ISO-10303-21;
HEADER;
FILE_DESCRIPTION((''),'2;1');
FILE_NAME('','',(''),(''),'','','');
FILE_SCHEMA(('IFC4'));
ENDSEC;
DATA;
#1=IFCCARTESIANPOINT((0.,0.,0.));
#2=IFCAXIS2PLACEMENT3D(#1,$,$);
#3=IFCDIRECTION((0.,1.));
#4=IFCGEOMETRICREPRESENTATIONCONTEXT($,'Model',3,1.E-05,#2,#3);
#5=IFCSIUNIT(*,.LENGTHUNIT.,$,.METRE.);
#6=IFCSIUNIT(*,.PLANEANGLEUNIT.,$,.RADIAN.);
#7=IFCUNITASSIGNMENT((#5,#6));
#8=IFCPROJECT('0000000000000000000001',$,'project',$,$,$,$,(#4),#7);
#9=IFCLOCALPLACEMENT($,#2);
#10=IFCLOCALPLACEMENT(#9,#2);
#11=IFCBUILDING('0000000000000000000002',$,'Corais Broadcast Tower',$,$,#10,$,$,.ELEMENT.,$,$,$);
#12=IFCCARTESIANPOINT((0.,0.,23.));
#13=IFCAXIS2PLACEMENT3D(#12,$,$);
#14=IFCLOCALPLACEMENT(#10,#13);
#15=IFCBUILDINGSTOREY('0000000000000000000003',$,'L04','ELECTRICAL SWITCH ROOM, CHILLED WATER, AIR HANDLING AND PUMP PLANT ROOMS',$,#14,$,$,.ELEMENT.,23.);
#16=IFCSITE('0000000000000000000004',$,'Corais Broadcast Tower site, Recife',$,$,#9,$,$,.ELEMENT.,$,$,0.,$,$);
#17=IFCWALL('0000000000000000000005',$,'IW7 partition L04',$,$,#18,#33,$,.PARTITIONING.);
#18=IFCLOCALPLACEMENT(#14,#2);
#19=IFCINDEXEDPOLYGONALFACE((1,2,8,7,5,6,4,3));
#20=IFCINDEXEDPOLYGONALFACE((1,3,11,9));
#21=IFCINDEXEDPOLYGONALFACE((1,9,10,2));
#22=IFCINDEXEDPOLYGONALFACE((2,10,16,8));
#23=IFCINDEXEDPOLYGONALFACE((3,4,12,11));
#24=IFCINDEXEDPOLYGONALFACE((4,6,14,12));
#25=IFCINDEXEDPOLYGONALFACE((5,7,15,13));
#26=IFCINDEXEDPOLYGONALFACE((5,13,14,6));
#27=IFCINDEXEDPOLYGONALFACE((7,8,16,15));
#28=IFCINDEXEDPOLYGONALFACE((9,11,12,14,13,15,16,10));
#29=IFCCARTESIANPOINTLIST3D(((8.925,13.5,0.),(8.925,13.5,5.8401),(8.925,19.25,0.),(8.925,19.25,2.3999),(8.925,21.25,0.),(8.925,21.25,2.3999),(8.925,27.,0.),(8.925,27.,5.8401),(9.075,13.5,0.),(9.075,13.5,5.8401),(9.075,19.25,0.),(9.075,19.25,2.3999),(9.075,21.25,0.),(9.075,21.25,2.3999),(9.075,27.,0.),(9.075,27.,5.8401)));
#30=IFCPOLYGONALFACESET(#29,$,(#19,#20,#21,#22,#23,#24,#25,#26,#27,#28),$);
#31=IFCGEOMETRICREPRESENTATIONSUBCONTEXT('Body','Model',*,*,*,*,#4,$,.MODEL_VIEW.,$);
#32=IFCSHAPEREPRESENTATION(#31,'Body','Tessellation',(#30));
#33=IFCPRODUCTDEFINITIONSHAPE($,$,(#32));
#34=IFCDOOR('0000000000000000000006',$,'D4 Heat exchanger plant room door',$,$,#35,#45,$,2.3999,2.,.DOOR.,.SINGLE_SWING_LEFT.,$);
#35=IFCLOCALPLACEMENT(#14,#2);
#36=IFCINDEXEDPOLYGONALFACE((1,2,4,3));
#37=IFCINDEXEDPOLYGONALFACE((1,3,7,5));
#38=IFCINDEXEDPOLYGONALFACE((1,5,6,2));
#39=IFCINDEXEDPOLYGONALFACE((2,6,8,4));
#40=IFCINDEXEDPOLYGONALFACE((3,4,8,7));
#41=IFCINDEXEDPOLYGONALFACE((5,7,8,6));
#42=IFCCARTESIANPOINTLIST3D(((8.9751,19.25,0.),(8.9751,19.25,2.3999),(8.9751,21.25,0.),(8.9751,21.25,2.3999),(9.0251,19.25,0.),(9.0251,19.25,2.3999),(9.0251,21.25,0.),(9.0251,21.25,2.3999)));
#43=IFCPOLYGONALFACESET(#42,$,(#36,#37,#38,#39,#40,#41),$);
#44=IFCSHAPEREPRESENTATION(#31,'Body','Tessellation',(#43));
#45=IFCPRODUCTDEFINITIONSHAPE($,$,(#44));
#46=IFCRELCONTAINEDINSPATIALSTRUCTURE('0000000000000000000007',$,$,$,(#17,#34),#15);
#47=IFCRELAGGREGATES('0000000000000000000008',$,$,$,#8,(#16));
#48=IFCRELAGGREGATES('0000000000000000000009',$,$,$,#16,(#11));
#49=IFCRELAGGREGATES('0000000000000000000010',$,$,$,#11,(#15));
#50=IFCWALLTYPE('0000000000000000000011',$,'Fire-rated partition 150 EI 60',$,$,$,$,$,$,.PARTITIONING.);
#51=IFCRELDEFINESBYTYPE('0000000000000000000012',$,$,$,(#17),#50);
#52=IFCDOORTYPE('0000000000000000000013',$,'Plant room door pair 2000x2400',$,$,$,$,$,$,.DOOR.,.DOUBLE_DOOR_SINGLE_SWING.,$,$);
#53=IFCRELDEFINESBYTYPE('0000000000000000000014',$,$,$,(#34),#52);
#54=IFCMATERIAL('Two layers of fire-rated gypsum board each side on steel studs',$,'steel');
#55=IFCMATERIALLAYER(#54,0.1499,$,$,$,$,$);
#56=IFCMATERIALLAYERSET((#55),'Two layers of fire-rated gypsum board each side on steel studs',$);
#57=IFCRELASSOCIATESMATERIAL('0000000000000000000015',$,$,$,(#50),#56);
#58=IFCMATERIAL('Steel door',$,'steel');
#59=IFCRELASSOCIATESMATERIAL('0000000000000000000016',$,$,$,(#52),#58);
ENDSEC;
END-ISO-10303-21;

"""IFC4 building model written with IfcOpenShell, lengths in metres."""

from ifc_helpers import new_model, si_unit, direction, frame, frame_2d, origin, place, context, subcontext, project, spatial, rectangle, extrude, material, layer, layer_set, type_object, element, fill, save


model = new_model("IFC4")

# Units and contexts
model_context = context("Model", 3, precision=1e-05, world=origin(), true_north=direction((0.0, 1.0)))
body_context = subcontext(model_context, "Body", "Model", "MODEL_VIEW")
ifc_project = project(units=[si_unit("LENGTHUNIT", "METRE"), si_unit("PLANEANGLEUNIT", "RADIAN")], contexts=[model_context])

# Site, building, storey
site_placement = place(None, origin())
site = spatial("IfcSite", under=ifc_project, at=site_placement, Name="Corais Broadcast Tower site, Recife", CompositionType="ELEMENT", RefElevation=0.0)
building_placement = place(site_placement, origin())
building = spatial("IfcBuilding", under=site, at=building_placement, Name="Corais Broadcast Tower", CompositionType="ELEMENT")
storey_placement = place(building_placement, frame((0.0, 0.0, 23.0)))
storey = spatial("IfcBuildingStorey", under=building, at=storey_placement, Name="L04", Description="ELECTRICAL SWITCH ROOM, CHILLED WATER, AIR HANDLING AND PUMP PLANT ROOMS", CompositionType="ELEMENT", Elevation=23.0)

# Shared definitions
ifc_material_1 = material(Name="Two layers of fire-rated gypsum board each side on steel studs", Category="steel")
ifc_layer_1 = layer(ifc_material_1, 0.1499)
ifc_layer_set_1 = layer_set([ifc_layer_1], Name="Two layers of fire-rated gypsum board each side on steel studs")
wall_type_1 = type_object("IfcWallType", Name="Fire-rated partition 150 EI 60", PredefinedType="PARTITIONING", material=ifc_layer_set_1)

# Wall, opening, door
ifc_material_2 = material(Name="Steel door", Category="steel")
door_type = type_object("IfcDoorType", Name="Plant room door pair 2000x2400", OperationType="DOUBLE_DOOR_SINGLE_SWING", PredefinedType="DOOR", material=ifc_material_2)
wall_1_placement = place(storey_placement, frame((9.0, 13.5, 0.0), z_axis=(0.0, 0.0, 1.0), x_axis=(0.0, 1.0, 0.0)))
wall_1 = element("IfcWall", 1, at=wall_1_placement, inside=storey, type_object=wall_type_1, Name="IW7 partition L04", PredefinedType="PARTITIONING", context=body_context, shape_type="SweptSolid", body=[
    extrude(rectangle(XDim=13.5, YDim=0.1499, at=frame_2d((6.75, 0.0))), origin(), (0.0, 0.0, 1.0), 5.8401),
])
opening_1_placement = place(wall_1_placement, frame((5.75, 0.0, 0.0)))
opening_1 = element("IfcOpeningElement", 2, at=opening_1_placement, cuts=wall_1, PredefinedType="OPENING", context=body_context, shape_type="SweptSolid", body=[
    extrude(rectangle(XDim=2.0, YDim=2.3999, at=frame_2d((1.0, 1.2))), frame((0.0, 0.085, 0.0), z_axis=(0.0, -1.0, 0.0), x_axis=(1.0, 0.0, 0.0)), (0.0, 0.0, 1.0), 0.1699),
])
door_1_placement = place(opening_1_placement, origin())
door_1 = element("IfcDoor", 3, at=door_1_placement, inside=storey, type_object=door_type, Name="D4 Heat exchanger plant room door", OperationType="SINGLE_SWING_LEFT", OverallHeight=2.3999, OverallWidth=2.0, PredefinedType="DOOR", context=body_context, shape_type="SweptSolid", body=[
    extrude(rectangle(XDim=2.0, YDim=2.3999, at=frame_2d((1.0, 1.2))), frame((0.0, 0.0249, 0.0), z_axis=(0.0, -1.0, 0.0), x_axis=(1.0, 0.0, 0.0)), (0.0, 0.0, 1.0), 0.05),
])
fill(opening_1, door_1)

save(model, "model.ifc")
